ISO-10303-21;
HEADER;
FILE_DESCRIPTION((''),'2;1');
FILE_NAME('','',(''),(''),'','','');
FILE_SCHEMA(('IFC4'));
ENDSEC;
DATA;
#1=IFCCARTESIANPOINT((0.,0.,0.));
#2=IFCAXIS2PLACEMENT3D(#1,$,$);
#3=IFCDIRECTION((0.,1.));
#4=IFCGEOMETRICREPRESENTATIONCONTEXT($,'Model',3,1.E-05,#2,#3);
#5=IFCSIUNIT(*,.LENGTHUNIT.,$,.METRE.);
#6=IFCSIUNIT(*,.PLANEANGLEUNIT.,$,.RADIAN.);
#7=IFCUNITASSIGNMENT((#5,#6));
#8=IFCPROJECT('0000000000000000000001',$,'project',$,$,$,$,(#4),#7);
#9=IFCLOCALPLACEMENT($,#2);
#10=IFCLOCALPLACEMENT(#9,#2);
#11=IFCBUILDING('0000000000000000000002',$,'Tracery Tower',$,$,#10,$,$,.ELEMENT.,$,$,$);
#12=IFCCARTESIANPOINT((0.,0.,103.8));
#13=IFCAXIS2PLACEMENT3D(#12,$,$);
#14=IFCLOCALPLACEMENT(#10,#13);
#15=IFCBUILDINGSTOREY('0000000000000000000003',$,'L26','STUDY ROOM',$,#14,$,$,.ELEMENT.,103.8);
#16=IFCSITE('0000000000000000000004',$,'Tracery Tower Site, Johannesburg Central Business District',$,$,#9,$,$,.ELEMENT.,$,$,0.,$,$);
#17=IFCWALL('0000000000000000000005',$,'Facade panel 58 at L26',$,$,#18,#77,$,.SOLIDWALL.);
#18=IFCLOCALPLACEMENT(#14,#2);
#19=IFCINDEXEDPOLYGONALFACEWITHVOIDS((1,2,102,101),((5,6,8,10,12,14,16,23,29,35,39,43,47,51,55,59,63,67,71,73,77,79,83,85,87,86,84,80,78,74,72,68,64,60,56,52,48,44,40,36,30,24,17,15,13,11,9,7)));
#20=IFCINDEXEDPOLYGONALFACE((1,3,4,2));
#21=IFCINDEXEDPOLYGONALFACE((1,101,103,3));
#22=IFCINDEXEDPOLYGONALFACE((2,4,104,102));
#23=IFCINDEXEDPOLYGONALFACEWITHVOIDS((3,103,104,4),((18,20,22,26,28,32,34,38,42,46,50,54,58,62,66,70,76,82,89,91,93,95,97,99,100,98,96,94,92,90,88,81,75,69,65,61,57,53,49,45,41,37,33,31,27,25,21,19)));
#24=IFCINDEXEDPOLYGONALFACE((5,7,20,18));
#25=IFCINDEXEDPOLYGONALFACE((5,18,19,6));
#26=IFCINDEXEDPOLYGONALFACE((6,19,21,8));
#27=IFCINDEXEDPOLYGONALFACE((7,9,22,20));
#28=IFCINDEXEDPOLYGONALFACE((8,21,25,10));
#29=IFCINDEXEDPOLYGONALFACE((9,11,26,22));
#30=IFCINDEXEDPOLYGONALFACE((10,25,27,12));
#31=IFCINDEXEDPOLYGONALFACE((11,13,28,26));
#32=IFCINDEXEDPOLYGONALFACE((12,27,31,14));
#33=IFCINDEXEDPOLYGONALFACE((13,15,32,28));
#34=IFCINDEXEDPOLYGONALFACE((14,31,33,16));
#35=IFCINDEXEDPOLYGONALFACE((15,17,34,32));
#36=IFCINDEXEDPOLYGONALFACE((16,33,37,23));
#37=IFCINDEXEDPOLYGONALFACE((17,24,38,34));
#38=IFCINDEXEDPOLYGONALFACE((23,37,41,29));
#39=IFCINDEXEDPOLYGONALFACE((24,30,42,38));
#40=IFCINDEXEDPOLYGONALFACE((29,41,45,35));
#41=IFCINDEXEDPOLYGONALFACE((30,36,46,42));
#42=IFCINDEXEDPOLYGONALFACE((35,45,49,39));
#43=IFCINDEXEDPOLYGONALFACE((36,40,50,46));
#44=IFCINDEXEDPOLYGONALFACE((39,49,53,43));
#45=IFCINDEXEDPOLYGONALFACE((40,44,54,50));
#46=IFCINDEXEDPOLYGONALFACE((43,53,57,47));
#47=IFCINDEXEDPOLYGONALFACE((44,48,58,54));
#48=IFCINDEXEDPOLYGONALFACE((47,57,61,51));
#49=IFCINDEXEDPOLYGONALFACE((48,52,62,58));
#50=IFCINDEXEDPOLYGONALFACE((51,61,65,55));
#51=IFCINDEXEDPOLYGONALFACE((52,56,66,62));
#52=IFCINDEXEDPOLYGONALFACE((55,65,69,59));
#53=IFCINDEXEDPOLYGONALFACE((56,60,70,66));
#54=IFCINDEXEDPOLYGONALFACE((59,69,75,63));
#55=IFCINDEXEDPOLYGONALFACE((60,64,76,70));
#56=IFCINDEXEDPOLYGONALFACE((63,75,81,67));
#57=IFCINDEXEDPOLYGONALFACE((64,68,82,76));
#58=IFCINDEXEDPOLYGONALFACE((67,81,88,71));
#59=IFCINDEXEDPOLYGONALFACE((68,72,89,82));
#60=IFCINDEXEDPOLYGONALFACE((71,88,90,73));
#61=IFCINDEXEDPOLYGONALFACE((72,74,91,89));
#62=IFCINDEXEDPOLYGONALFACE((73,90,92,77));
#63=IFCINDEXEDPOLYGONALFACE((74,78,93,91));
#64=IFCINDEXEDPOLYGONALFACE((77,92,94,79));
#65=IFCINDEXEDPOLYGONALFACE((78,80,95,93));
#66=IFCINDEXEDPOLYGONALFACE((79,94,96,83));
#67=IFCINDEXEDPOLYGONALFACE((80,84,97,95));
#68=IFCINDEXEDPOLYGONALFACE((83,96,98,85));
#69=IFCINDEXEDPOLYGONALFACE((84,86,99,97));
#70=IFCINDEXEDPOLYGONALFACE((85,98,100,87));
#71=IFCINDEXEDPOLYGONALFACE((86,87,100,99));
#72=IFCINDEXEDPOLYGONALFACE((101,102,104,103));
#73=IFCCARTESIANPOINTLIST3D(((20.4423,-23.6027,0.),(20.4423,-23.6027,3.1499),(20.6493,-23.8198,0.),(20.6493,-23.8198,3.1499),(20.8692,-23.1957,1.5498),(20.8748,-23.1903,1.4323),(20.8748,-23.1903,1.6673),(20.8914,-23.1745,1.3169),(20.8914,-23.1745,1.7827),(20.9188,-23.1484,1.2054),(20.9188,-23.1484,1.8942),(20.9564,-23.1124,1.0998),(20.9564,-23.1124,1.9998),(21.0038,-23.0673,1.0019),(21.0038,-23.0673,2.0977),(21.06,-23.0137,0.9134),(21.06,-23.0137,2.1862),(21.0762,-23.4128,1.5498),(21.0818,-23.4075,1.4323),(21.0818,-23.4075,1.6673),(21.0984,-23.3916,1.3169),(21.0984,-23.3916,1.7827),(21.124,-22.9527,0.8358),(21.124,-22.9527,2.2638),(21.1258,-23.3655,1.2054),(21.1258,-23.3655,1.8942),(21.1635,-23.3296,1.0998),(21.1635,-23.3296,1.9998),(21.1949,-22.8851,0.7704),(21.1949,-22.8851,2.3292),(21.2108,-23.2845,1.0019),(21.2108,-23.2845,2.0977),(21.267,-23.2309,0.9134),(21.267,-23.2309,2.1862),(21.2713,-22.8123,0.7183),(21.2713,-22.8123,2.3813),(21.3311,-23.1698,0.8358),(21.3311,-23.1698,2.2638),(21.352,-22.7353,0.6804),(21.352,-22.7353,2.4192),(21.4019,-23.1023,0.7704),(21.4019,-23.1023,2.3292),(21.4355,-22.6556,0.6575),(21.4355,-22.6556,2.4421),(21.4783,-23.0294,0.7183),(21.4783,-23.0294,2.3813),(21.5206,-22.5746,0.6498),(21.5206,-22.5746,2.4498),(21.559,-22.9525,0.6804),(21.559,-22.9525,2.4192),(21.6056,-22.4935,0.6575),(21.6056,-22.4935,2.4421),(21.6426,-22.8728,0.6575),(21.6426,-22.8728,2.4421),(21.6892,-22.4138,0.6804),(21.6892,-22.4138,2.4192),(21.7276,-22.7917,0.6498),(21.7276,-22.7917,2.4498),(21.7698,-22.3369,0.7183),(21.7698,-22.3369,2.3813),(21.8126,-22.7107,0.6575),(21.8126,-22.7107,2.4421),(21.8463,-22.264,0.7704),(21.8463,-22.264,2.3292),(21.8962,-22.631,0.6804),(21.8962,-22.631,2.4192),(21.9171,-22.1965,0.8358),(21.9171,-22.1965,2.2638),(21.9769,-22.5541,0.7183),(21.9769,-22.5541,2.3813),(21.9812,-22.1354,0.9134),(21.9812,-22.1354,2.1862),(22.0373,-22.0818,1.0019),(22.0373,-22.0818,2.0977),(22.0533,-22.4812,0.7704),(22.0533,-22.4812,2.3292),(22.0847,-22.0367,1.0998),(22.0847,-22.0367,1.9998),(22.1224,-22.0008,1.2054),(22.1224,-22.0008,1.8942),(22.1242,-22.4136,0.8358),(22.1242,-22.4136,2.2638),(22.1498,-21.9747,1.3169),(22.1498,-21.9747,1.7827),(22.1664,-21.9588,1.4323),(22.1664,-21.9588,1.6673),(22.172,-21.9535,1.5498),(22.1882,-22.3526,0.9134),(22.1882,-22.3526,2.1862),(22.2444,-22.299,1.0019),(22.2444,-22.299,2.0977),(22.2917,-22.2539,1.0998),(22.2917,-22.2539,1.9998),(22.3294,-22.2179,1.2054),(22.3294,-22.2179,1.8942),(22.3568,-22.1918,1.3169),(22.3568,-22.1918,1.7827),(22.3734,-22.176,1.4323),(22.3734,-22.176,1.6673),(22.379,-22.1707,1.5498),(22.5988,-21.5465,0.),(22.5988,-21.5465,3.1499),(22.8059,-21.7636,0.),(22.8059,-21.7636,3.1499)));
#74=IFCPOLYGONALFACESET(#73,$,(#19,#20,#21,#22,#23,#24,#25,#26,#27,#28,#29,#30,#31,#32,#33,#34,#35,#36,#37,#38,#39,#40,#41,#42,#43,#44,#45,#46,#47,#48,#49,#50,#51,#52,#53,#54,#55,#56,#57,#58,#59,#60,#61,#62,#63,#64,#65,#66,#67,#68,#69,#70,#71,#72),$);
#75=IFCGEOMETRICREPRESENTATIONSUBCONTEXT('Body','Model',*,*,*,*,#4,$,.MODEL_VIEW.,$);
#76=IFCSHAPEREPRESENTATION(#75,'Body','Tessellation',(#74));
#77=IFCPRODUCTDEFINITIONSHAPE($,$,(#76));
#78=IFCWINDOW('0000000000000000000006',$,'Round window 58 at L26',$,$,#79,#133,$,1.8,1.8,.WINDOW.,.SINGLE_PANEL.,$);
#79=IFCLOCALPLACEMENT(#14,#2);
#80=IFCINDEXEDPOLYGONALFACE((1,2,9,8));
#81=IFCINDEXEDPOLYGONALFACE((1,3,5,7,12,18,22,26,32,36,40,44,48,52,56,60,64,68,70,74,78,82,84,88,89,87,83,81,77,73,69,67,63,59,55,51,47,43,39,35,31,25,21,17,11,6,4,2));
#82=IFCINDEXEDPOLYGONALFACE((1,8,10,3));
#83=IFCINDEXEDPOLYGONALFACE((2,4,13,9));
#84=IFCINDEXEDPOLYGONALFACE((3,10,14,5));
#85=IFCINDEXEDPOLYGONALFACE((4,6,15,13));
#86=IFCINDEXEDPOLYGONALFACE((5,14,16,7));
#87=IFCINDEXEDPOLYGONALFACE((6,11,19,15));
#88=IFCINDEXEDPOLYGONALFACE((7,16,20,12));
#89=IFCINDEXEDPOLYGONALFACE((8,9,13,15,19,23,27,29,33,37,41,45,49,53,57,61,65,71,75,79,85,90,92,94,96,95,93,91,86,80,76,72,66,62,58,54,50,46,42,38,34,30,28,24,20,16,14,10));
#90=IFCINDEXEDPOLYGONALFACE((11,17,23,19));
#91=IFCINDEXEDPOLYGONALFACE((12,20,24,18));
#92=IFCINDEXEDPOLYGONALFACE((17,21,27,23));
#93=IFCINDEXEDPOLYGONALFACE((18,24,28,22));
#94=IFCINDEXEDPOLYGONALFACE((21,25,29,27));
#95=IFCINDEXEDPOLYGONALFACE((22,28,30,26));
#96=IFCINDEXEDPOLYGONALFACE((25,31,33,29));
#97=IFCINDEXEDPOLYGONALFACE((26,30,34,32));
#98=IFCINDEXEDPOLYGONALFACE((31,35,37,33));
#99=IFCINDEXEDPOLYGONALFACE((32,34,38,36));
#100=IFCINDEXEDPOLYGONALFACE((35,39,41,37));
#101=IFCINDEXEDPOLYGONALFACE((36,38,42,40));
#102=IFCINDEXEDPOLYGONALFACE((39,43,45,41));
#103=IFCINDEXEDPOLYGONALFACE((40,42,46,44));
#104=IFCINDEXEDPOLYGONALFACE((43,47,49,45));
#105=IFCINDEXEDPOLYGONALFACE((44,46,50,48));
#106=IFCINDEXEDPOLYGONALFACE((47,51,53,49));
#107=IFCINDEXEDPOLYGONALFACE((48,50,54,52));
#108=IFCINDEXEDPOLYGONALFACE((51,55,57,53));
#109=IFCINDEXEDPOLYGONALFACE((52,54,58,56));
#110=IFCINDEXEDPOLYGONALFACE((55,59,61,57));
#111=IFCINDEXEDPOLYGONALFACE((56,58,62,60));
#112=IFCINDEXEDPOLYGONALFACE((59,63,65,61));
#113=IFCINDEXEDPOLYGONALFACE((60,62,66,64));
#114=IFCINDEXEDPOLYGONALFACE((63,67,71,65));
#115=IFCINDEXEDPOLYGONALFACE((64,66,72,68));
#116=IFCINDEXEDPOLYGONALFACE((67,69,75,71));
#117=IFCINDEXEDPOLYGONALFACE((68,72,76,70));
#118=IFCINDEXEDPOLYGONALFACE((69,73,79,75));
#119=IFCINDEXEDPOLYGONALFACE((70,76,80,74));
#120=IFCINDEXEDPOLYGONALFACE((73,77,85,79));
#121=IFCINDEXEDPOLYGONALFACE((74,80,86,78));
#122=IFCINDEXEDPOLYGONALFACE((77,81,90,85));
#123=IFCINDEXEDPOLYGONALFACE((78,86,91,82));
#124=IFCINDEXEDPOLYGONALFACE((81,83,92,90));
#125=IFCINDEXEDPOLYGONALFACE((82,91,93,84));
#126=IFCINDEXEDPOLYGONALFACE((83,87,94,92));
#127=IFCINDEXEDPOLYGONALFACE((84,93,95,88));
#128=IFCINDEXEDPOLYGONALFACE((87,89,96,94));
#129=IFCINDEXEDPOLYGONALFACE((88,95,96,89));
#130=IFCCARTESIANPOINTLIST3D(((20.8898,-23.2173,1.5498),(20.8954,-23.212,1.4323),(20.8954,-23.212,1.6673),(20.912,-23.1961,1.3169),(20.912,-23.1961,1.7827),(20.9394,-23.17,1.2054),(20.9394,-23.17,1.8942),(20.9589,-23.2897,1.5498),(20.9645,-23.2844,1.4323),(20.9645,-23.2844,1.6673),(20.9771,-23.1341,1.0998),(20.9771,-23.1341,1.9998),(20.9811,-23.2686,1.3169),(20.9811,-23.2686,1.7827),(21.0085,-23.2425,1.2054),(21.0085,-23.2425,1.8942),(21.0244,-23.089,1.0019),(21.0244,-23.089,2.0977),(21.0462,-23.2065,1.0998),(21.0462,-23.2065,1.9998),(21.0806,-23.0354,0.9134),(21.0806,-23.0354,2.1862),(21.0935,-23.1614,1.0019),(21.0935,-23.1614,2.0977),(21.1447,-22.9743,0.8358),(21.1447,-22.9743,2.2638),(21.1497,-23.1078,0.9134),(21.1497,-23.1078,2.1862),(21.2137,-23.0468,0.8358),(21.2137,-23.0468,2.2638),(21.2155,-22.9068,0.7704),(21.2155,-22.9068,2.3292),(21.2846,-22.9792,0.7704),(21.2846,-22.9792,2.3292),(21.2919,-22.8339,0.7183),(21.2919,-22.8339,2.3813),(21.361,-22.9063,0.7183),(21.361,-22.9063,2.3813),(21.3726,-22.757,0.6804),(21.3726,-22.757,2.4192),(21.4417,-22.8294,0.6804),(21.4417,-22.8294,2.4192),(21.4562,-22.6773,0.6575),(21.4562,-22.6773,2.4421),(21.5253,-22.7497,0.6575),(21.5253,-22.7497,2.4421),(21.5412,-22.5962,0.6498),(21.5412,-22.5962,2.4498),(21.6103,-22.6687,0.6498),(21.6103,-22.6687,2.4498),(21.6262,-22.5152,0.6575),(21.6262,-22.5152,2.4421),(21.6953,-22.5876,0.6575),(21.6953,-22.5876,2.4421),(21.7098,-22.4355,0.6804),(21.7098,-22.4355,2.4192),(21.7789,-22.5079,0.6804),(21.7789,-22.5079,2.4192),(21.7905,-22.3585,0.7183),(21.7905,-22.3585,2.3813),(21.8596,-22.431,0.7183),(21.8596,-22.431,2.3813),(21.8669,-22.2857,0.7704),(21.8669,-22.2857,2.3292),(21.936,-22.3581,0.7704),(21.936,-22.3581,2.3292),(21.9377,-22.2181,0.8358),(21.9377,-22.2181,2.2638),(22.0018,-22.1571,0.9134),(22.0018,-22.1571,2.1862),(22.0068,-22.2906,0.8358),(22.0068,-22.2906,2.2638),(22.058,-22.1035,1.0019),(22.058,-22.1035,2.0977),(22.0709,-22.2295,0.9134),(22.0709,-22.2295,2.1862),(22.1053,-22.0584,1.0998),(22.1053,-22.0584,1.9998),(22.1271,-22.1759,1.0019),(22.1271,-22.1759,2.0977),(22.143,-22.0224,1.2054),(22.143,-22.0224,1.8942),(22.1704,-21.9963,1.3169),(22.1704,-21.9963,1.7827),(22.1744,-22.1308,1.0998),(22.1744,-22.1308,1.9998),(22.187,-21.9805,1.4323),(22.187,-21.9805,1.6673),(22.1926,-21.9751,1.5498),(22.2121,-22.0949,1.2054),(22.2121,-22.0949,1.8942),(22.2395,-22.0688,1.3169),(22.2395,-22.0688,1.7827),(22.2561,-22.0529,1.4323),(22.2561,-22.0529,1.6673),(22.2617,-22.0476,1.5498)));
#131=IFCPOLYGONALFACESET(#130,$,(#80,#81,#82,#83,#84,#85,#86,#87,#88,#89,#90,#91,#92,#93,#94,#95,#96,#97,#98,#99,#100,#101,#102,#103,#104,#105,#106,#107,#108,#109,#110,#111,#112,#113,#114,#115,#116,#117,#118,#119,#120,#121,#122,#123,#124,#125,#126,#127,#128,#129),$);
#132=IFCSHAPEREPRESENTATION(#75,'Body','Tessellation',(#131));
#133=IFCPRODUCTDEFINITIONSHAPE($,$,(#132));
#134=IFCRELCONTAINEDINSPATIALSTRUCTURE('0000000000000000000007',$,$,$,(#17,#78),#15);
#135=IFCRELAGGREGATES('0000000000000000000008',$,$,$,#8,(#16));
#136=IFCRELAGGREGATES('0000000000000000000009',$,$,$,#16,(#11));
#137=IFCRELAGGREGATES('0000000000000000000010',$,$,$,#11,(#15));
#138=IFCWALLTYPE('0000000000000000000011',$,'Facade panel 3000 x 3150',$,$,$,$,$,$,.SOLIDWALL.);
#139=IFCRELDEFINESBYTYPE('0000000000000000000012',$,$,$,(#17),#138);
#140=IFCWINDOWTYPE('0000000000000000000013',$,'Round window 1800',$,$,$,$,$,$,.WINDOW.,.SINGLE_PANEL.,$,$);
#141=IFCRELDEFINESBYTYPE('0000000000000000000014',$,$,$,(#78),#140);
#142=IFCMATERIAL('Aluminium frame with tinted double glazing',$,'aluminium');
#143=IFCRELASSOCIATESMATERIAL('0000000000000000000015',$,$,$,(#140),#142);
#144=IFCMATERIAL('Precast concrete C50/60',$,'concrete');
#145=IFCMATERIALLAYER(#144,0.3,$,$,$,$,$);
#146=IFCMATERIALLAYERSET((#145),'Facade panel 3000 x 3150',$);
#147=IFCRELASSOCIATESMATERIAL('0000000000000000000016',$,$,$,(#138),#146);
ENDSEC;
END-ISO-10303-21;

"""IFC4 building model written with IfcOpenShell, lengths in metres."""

from ifc_helpers import new_model, si_unit, direction, frame, frame_2d, origin, origin_2d, place, context, subcontext, project, spatial, rectangle, circle, extrude, material, layer, layer_set, type_object, element, fill, save


model = new_model("IFC4")

# Units and contexts
model_context = context("Model", 3, precision=1e-05, world=origin(), true_north=direction((0.0, 1.0)))
body_context = subcontext(model_context, "Body", "Model", "MODEL_VIEW")
ifc_project = project(units=[si_unit("LENGTHUNIT", "METRE"), si_unit("PLANEANGLEUNIT", "RADIAN")], contexts=[model_context])

# Site, building, storey
site_placement = place(None, origin())
site = spatial("IfcSite", under=ifc_project, at=site_placement, Name="Tracery Tower Site, Johannesburg Central Business District", CompositionType="ELEMENT", RefElevation=0.0)
building_placement = place(site_placement, origin())
building = spatial("IfcBuilding", under=site, at=building_placement, Name="Tracery Tower", CompositionType="ELEMENT")
storey_placement = place(building_placement, frame((0.0, 0.0, 103.8)))
storey = spatial("IfcBuildingStorey", under=building, at=storey_placement, Name="L26", Description="STUDY ROOM", CompositionType="ELEMENT", Elevation=103.8)

# Wall, opening, window
ifc_material_1 = material(Name="Aluminium frame with tinted double glazing", Category="aluminium")
window_type = type_object("IfcWindowType", Name="Round window 1800", PartitioningType="SINGLE_PANEL", PredefinedType="WINDOW", material=ifc_material_1)
ifc_material_2 = material(Name="Precast concrete C50/60", Category="concrete")
ifc_layer_1 = layer(ifc_material_2, 0.3)
ifc_layer_set_1 = layer_set([ifc_layer_1], Name="Facade panel 3000 x 3150")
wall_type_1 = type_object("IfcWallType", Name="Facade panel 3000 x 3150", PredefinedType="SOLIDWALL", material=ifc_layer_set_1)
wall_1_placement = place(storey_placement, frame((20.5459, -23.7112, 0.0), z_axis=(0.0, 0.0, 1.0), x_axis=(0.723744, 0.690068, 0.0)))
wall_1 = element("IfcWall", 1, at=wall_1_placement, inside=storey, type_object=wall_type_1, Name="Facade panel 58 at L26", PredefinedType="SOLIDWALL", context=body_context, shape_type="SweptSolid", body=[
    extrude(rectangle(XDim=2.9797, YDim=0.3, at=frame_2d((1.4897, 0.0))), origin(), (0.0, 0.0, 1.0), 3.1499),
])
opening_1_placement = place(wall_1_placement, frame((1.4897, 0.0, 1.5498)))
opening_1 = element("IfcOpeningElement", 2, at=opening_1_placement, cuts=wall_1, PredefinedType="OPENING", context=body_context, shape_type="SweptSolid", body=[
    extrude(circle(Radius=0.9, at=origin_2d()), frame((0.0, 0.1599, 0.0), z_axis=(0.0, -1.0, 0.0), x_axis=(1.0, 0.0, 0.0)), (0.0, 0.0, 1.0), 0.3201),
])
window_1_placement = place(opening_1_placement, origin())
window_1 = element("IfcWindow", 3, at=window_1_placement, inside=storey, type_object=window_type, Name="Round window 58 at L26", OverallHeight=1.8, OverallWidth=1.8, PartitioningType="SINGLE_PANEL", PredefinedType="WINDOW", context=body_context, shape_type="SweptSolid", body=[
    extrude(circle(Radius=0.9, at=origin_2d()), frame((0.0, 0.1201, 0.0), z_axis=(0.0, -1.0, 0.0), x_axis=(1.0, 0.0, 0.0)), (0.0, 0.0, 1.0), 0.1001),
])
fill(opening_1, window_1)

save(model, "model.ifc")
